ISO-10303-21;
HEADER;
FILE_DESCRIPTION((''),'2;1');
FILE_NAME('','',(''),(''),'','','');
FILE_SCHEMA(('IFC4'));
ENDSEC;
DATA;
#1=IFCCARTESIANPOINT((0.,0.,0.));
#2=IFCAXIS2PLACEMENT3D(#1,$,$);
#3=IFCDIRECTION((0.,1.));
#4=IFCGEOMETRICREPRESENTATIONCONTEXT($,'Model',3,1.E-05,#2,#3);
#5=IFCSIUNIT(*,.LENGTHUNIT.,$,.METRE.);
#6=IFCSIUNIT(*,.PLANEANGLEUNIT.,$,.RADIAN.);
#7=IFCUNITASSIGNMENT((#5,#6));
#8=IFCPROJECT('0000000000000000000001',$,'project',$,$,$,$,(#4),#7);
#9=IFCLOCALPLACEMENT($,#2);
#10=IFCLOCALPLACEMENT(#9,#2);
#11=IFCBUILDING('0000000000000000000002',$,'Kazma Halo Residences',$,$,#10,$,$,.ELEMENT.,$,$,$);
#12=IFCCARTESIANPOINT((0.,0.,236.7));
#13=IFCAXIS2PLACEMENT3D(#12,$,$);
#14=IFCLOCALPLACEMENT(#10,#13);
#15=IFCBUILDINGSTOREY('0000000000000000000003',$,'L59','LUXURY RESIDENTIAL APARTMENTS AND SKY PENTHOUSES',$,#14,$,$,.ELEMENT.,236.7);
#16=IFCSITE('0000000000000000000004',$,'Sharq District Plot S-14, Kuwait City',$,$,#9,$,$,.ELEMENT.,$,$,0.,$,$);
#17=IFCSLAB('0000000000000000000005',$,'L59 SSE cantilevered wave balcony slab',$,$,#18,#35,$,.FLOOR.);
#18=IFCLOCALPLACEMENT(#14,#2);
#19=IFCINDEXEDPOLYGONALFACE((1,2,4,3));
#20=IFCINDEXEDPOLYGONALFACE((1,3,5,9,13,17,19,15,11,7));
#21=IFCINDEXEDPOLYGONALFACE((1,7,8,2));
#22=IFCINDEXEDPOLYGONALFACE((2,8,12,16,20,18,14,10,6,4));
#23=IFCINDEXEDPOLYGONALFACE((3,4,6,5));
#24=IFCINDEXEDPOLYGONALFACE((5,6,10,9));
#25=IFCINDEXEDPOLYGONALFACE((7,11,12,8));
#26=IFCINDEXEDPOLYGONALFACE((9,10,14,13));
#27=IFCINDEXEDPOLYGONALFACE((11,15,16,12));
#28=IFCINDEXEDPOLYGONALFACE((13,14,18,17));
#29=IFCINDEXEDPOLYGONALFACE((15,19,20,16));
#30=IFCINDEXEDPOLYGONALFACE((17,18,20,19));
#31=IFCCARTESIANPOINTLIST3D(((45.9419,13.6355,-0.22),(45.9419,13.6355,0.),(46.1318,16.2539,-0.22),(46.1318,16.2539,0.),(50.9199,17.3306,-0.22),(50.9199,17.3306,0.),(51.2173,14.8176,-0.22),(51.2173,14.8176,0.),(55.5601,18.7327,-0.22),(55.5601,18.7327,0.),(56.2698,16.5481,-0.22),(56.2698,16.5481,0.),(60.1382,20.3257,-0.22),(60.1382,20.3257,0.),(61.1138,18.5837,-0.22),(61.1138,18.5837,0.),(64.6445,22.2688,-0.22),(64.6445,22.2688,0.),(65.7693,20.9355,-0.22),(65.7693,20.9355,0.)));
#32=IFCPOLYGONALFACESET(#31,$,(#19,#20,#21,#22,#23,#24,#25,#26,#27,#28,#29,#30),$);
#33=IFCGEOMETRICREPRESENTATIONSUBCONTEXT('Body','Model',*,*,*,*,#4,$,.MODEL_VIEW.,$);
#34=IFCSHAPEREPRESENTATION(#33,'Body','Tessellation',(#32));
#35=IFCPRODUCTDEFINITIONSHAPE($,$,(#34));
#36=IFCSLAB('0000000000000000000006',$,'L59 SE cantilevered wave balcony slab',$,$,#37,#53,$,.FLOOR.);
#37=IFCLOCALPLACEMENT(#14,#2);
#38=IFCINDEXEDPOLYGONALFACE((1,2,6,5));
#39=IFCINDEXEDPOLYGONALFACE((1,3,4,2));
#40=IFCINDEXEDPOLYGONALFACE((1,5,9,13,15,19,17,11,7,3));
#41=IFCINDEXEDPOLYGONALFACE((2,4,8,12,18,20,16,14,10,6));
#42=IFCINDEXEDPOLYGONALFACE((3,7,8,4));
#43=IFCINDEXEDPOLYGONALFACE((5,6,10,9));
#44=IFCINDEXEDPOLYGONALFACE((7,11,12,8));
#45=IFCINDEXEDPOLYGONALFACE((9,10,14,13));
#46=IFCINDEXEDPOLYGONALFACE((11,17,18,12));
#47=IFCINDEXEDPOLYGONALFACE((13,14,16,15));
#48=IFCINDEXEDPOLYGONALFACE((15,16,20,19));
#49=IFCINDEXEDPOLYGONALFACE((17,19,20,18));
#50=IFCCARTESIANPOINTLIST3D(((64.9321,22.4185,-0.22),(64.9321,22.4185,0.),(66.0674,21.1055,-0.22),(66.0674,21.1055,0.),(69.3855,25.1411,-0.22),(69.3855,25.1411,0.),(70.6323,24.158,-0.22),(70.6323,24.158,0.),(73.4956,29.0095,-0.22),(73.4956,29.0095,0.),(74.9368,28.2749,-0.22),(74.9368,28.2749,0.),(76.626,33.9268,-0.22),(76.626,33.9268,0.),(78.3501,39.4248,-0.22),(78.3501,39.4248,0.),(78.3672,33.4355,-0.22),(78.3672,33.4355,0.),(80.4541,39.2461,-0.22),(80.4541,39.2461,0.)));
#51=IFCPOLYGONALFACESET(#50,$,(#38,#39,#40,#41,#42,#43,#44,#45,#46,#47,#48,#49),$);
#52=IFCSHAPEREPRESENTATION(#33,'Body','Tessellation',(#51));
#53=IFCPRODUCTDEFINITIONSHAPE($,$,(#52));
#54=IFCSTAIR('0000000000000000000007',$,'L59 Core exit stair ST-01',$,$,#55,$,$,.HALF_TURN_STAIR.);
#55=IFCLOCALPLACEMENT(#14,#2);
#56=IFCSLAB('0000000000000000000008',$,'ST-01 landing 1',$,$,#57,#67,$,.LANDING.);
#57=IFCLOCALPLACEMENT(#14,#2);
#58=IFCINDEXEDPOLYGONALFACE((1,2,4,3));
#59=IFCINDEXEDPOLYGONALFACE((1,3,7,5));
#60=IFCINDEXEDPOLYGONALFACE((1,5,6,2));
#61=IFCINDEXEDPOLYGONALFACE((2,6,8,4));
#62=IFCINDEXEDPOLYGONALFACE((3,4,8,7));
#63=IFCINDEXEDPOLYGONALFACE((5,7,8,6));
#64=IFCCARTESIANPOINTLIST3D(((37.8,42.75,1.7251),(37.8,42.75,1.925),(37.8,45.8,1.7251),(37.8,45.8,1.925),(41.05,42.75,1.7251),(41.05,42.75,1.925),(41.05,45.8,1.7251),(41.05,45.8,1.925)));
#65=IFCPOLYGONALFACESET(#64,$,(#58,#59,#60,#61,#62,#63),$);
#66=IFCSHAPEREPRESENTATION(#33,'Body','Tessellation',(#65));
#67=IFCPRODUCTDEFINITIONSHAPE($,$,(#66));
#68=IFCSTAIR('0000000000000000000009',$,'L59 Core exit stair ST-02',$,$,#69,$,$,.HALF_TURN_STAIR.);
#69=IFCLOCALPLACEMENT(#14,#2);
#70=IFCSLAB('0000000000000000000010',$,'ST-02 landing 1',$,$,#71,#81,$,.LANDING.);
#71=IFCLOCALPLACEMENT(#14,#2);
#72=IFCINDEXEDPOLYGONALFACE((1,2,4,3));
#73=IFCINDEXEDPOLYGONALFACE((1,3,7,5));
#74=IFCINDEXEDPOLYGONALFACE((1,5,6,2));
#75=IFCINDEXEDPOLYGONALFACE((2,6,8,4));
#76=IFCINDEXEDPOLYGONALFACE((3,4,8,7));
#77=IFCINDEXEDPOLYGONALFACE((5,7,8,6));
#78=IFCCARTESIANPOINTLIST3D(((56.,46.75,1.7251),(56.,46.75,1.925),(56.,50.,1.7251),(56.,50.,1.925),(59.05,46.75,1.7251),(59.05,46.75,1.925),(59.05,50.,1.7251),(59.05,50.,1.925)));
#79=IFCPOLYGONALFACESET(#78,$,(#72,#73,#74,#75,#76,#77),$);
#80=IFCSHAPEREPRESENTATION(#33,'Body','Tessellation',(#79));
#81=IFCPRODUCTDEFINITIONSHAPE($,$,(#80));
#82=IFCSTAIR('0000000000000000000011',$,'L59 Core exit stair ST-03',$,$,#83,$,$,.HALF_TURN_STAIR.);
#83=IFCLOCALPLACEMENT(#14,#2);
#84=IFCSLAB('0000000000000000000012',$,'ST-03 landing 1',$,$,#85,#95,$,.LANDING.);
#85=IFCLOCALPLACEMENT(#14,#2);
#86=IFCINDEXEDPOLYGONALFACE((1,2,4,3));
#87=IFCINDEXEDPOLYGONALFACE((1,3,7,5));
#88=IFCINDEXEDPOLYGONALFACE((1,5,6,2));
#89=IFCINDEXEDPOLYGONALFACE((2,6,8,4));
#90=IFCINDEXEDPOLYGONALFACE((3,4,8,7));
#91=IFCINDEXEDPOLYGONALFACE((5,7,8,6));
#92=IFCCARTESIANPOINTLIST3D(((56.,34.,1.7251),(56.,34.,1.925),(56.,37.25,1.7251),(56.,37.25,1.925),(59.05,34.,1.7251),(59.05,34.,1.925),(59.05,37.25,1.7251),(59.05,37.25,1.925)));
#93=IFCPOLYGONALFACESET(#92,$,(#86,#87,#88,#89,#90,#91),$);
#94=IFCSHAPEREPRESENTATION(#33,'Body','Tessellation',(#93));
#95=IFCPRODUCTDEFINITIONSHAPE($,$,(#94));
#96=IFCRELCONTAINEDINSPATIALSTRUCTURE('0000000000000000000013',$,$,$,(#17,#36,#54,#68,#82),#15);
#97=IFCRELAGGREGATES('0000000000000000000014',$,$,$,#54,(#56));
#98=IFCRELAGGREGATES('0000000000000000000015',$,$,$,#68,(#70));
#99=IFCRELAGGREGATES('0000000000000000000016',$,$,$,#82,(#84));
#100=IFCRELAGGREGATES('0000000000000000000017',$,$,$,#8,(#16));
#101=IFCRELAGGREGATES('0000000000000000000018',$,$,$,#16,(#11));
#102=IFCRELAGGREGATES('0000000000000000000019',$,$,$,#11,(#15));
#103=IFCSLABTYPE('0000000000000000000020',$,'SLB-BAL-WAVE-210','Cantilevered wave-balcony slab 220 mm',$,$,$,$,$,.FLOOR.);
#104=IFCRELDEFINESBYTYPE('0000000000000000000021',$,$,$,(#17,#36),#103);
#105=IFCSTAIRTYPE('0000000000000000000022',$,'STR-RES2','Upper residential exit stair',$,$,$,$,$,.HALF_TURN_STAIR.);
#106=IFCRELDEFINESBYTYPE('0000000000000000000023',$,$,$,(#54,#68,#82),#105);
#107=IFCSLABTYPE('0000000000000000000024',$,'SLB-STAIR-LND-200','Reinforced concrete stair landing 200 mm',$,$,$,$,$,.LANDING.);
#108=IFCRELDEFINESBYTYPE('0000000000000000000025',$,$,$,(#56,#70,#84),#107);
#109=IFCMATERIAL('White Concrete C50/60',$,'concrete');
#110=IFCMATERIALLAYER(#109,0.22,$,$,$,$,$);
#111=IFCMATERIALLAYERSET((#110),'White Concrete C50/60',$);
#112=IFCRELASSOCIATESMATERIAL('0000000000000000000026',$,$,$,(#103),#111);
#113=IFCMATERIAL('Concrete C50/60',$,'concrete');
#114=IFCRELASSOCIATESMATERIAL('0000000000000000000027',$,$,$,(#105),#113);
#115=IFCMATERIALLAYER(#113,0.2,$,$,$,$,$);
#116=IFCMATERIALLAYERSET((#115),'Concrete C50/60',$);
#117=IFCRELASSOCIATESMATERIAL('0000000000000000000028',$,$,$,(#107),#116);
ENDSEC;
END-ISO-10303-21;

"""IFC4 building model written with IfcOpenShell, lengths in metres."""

from ifc_helpers import new_model, si_unit, direction, frame, origin, place, context, subcontext, project, spatial, polyline, outline, extrude, material, layer, layer_set, type_object, element, aggregate, save


model = new_model("IFC4")

# Units and contexts
model_context = context("Model", 3, precision=1e-05, world=origin(), true_north=direction((0.0, 1.0)))
body_context = subcontext(model_context, "Body", "Model", "MODEL_VIEW")
ifc_project = project(units=[si_unit("LENGTHUNIT", "METRE"), si_unit("PLANEANGLEUNIT", "RADIAN")], contexts=[model_context])

# Site, building, storey
site_placement = place(None, origin())
site = spatial("IfcSite", under=ifc_project, at=site_placement, Name="Sharq District Plot S-14, Kuwait City", CompositionType="ELEMENT", RefElevation=0.0)
building_placement = place(site_placement, origin())
building = spatial("IfcBuilding", under=site, at=building_placement, Name="Kazma Halo Residences", CompositionType="ELEMENT")
storey_placement = place(building_placement, frame((0.0, 0.0, 236.7)))
storey = spatial("IfcBuildingStorey", under=building, at=storey_placement, Name="L59", Description="LUXURY RESIDENTIAL APARTMENTS AND SKY PENTHOUSES", CompositionType="ELEMENT", Elevation=236.7)

# Slabs
ifc_material_1 = material(Name="White Concrete C50/60", Category="concrete")
ifc_layer_1 = layer(ifc_material_1, 0.22)
ifc_layer_set_1 = layer_set([ifc_layer_1], Name="White Concrete C50/60")
slab_type_1 = type_object("IfcSlabType", Name="SLB-BAL-WAVE-210", Description="Cantilevered wave-balcony slab 220 mm", PredefinedType="FLOOR", material=ifc_layer_set_1)
slab_1_placement = place(storey_placement, frame((0.0, 0.0, -0.22)))
element("IfcSlab", 1, at=slab_1_placement, inside=storey, type_object=slab_type_1, Name="L59 SSE cantilevered wave balcony slab", PredefinedType="FLOOR", context=body_context, shape_type="SweptSolid", body=[
    extrude(outline(polyline([(46.1318, 16.2539), (50.9199, 17.3306), (55.5601, 18.7327), (60.1382, 20.3257), (64.6445, 22.2688), (65.7693, 20.9355), (61.1138, 18.5837), (56.2698, 16.5481), (51.2173, 14.8176), (45.9419, 13.6355), (46.1318, 16.2539)])), origin(), (0.0, 0.0, 1.0), 0.22),
])
slab_2_placement = place(storey_placement, frame((0.0, 0.0, -0.22)))
element("IfcSlab", 2, at=slab_2_placement, inside=storey, type_object=slab_type_1, Name="L59 SE cantilevered wave balcony slab", PredefinedType="FLOOR", context=body_context, shape_type="SweptSolid", body=[
    extrude(outline(polyline([(64.9321, 22.4185), (69.3855, 25.1411), (73.4956, 29.0095), (76.626, 33.9268), (78.3501, 39.4248), (80.4541, 39.2461), (78.3672, 33.4355), (74.9368, 28.2749), (70.6323, 24.158), (66.0674, 21.1055), (64.9321, 22.4185)])), origin(), (0.0, 0.0, 1.0), 0.22),
])

# Stairs, slabs
ifc_material_2 = material(Name="Concrete C50/60", Category="concrete")
stair_type = type_object("IfcStairType", Name="STR-RES2", Description="Upper residential exit stair", PredefinedType="HALF_TURN_STAIR", material=ifc_material_2)
stair_1_placement = place(storey_placement, origin())
stair_1 = element("IfcStair", 3, at=stair_1_placement, inside=storey, type_object=stair_type, Name="L59 Core exit stair ST-01", PredefinedType="HALF_TURN_STAIR")
ifc_layer_2 = layer(ifc_material_2, 0.2)
ifc_layer_set_2 = layer_set([ifc_layer_2], Name="Concrete C50/60")
slab_type_2 = type_object("IfcSlabType", Name="SLB-STAIR-LND-200", Description="Reinforced concrete stair landing 200 mm", PredefinedType="LANDING", material=ifc_layer_set_2)
slab_3_placement = place(storey_placement, frame((0.0, 0.0, 1.7251)))
slab_3 = element("IfcSlab", 4, at=slab_3_placement, type_object=slab_type_2, Name="ST-01 landing 1", PredefinedType="LANDING", context=body_context, shape_type="SweptSolid", body=[
    extrude(outline(polyline([(41.05, 42.75), (41.05, 45.8), (37.8, 45.8), (37.8, 42.75), (41.05, 42.75)])), origin(), (0.0, 0.0, 1.0), 0.2),
])
aggregate(stair_1, [slab_3])
stair_2_placement = place(storey_placement, origin())
stair_2 = element("IfcStair", 5, at=stair_2_placement, inside=storey, type_object=stair_type, Name="L59 Core exit stair ST-02", PredefinedType="HALF_TURN_STAIR")
slab_4_placement = place(storey_placement, frame((0.0, 0.0, 1.7251)))
slab_4 = element("IfcSlab", 6, at=slab_4_placement, type_object=slab_type_2, Name="ST-02 landing 1", PredefinedType="LANDING", context=body_context, shape_type="SweptSolid", body=[
    extrude(outline(polyline([(56.0, 46.75), (59.05, 46.75), (59.05, 50.0), (56.0, 50.0), (56.0, 46.75)])), origin(), (0.0, 0.0, 1.0), 0.2),
])
aggregate(stair_2, [slab_4])
stair_3_placement = place(storey_placement, origin())
stair_3 = element("IfcStair", 7, at=stair_3_placement, inside=storey, type_object=stair_type, Name="L59 Core exit stair ST-03", PredefinedType="HALF_TURN_STAIR")
slab_5_placement = place(storey_placement, frame((0.0, 0.0, 1.7251)))
slab_5 = element("IfcSlab", 8, at=slab_5_placement, type_object=slab_type_2, Name="ST-03 landing 1", PredefinedType="LANDING", context=body_context, shape_type="SweptSolid", body=[
    extrude(outline(polyline([(56.0, 34.0), (59.05, 34.0), (59.05, 37.25), (56.0, 37.25), (56.0, 34.0)])), origin(), (0.0, 0.0, 1.0), 0.2),
])
aggregate(stair_3, [slab_5])

save(model, "model.ifc")
